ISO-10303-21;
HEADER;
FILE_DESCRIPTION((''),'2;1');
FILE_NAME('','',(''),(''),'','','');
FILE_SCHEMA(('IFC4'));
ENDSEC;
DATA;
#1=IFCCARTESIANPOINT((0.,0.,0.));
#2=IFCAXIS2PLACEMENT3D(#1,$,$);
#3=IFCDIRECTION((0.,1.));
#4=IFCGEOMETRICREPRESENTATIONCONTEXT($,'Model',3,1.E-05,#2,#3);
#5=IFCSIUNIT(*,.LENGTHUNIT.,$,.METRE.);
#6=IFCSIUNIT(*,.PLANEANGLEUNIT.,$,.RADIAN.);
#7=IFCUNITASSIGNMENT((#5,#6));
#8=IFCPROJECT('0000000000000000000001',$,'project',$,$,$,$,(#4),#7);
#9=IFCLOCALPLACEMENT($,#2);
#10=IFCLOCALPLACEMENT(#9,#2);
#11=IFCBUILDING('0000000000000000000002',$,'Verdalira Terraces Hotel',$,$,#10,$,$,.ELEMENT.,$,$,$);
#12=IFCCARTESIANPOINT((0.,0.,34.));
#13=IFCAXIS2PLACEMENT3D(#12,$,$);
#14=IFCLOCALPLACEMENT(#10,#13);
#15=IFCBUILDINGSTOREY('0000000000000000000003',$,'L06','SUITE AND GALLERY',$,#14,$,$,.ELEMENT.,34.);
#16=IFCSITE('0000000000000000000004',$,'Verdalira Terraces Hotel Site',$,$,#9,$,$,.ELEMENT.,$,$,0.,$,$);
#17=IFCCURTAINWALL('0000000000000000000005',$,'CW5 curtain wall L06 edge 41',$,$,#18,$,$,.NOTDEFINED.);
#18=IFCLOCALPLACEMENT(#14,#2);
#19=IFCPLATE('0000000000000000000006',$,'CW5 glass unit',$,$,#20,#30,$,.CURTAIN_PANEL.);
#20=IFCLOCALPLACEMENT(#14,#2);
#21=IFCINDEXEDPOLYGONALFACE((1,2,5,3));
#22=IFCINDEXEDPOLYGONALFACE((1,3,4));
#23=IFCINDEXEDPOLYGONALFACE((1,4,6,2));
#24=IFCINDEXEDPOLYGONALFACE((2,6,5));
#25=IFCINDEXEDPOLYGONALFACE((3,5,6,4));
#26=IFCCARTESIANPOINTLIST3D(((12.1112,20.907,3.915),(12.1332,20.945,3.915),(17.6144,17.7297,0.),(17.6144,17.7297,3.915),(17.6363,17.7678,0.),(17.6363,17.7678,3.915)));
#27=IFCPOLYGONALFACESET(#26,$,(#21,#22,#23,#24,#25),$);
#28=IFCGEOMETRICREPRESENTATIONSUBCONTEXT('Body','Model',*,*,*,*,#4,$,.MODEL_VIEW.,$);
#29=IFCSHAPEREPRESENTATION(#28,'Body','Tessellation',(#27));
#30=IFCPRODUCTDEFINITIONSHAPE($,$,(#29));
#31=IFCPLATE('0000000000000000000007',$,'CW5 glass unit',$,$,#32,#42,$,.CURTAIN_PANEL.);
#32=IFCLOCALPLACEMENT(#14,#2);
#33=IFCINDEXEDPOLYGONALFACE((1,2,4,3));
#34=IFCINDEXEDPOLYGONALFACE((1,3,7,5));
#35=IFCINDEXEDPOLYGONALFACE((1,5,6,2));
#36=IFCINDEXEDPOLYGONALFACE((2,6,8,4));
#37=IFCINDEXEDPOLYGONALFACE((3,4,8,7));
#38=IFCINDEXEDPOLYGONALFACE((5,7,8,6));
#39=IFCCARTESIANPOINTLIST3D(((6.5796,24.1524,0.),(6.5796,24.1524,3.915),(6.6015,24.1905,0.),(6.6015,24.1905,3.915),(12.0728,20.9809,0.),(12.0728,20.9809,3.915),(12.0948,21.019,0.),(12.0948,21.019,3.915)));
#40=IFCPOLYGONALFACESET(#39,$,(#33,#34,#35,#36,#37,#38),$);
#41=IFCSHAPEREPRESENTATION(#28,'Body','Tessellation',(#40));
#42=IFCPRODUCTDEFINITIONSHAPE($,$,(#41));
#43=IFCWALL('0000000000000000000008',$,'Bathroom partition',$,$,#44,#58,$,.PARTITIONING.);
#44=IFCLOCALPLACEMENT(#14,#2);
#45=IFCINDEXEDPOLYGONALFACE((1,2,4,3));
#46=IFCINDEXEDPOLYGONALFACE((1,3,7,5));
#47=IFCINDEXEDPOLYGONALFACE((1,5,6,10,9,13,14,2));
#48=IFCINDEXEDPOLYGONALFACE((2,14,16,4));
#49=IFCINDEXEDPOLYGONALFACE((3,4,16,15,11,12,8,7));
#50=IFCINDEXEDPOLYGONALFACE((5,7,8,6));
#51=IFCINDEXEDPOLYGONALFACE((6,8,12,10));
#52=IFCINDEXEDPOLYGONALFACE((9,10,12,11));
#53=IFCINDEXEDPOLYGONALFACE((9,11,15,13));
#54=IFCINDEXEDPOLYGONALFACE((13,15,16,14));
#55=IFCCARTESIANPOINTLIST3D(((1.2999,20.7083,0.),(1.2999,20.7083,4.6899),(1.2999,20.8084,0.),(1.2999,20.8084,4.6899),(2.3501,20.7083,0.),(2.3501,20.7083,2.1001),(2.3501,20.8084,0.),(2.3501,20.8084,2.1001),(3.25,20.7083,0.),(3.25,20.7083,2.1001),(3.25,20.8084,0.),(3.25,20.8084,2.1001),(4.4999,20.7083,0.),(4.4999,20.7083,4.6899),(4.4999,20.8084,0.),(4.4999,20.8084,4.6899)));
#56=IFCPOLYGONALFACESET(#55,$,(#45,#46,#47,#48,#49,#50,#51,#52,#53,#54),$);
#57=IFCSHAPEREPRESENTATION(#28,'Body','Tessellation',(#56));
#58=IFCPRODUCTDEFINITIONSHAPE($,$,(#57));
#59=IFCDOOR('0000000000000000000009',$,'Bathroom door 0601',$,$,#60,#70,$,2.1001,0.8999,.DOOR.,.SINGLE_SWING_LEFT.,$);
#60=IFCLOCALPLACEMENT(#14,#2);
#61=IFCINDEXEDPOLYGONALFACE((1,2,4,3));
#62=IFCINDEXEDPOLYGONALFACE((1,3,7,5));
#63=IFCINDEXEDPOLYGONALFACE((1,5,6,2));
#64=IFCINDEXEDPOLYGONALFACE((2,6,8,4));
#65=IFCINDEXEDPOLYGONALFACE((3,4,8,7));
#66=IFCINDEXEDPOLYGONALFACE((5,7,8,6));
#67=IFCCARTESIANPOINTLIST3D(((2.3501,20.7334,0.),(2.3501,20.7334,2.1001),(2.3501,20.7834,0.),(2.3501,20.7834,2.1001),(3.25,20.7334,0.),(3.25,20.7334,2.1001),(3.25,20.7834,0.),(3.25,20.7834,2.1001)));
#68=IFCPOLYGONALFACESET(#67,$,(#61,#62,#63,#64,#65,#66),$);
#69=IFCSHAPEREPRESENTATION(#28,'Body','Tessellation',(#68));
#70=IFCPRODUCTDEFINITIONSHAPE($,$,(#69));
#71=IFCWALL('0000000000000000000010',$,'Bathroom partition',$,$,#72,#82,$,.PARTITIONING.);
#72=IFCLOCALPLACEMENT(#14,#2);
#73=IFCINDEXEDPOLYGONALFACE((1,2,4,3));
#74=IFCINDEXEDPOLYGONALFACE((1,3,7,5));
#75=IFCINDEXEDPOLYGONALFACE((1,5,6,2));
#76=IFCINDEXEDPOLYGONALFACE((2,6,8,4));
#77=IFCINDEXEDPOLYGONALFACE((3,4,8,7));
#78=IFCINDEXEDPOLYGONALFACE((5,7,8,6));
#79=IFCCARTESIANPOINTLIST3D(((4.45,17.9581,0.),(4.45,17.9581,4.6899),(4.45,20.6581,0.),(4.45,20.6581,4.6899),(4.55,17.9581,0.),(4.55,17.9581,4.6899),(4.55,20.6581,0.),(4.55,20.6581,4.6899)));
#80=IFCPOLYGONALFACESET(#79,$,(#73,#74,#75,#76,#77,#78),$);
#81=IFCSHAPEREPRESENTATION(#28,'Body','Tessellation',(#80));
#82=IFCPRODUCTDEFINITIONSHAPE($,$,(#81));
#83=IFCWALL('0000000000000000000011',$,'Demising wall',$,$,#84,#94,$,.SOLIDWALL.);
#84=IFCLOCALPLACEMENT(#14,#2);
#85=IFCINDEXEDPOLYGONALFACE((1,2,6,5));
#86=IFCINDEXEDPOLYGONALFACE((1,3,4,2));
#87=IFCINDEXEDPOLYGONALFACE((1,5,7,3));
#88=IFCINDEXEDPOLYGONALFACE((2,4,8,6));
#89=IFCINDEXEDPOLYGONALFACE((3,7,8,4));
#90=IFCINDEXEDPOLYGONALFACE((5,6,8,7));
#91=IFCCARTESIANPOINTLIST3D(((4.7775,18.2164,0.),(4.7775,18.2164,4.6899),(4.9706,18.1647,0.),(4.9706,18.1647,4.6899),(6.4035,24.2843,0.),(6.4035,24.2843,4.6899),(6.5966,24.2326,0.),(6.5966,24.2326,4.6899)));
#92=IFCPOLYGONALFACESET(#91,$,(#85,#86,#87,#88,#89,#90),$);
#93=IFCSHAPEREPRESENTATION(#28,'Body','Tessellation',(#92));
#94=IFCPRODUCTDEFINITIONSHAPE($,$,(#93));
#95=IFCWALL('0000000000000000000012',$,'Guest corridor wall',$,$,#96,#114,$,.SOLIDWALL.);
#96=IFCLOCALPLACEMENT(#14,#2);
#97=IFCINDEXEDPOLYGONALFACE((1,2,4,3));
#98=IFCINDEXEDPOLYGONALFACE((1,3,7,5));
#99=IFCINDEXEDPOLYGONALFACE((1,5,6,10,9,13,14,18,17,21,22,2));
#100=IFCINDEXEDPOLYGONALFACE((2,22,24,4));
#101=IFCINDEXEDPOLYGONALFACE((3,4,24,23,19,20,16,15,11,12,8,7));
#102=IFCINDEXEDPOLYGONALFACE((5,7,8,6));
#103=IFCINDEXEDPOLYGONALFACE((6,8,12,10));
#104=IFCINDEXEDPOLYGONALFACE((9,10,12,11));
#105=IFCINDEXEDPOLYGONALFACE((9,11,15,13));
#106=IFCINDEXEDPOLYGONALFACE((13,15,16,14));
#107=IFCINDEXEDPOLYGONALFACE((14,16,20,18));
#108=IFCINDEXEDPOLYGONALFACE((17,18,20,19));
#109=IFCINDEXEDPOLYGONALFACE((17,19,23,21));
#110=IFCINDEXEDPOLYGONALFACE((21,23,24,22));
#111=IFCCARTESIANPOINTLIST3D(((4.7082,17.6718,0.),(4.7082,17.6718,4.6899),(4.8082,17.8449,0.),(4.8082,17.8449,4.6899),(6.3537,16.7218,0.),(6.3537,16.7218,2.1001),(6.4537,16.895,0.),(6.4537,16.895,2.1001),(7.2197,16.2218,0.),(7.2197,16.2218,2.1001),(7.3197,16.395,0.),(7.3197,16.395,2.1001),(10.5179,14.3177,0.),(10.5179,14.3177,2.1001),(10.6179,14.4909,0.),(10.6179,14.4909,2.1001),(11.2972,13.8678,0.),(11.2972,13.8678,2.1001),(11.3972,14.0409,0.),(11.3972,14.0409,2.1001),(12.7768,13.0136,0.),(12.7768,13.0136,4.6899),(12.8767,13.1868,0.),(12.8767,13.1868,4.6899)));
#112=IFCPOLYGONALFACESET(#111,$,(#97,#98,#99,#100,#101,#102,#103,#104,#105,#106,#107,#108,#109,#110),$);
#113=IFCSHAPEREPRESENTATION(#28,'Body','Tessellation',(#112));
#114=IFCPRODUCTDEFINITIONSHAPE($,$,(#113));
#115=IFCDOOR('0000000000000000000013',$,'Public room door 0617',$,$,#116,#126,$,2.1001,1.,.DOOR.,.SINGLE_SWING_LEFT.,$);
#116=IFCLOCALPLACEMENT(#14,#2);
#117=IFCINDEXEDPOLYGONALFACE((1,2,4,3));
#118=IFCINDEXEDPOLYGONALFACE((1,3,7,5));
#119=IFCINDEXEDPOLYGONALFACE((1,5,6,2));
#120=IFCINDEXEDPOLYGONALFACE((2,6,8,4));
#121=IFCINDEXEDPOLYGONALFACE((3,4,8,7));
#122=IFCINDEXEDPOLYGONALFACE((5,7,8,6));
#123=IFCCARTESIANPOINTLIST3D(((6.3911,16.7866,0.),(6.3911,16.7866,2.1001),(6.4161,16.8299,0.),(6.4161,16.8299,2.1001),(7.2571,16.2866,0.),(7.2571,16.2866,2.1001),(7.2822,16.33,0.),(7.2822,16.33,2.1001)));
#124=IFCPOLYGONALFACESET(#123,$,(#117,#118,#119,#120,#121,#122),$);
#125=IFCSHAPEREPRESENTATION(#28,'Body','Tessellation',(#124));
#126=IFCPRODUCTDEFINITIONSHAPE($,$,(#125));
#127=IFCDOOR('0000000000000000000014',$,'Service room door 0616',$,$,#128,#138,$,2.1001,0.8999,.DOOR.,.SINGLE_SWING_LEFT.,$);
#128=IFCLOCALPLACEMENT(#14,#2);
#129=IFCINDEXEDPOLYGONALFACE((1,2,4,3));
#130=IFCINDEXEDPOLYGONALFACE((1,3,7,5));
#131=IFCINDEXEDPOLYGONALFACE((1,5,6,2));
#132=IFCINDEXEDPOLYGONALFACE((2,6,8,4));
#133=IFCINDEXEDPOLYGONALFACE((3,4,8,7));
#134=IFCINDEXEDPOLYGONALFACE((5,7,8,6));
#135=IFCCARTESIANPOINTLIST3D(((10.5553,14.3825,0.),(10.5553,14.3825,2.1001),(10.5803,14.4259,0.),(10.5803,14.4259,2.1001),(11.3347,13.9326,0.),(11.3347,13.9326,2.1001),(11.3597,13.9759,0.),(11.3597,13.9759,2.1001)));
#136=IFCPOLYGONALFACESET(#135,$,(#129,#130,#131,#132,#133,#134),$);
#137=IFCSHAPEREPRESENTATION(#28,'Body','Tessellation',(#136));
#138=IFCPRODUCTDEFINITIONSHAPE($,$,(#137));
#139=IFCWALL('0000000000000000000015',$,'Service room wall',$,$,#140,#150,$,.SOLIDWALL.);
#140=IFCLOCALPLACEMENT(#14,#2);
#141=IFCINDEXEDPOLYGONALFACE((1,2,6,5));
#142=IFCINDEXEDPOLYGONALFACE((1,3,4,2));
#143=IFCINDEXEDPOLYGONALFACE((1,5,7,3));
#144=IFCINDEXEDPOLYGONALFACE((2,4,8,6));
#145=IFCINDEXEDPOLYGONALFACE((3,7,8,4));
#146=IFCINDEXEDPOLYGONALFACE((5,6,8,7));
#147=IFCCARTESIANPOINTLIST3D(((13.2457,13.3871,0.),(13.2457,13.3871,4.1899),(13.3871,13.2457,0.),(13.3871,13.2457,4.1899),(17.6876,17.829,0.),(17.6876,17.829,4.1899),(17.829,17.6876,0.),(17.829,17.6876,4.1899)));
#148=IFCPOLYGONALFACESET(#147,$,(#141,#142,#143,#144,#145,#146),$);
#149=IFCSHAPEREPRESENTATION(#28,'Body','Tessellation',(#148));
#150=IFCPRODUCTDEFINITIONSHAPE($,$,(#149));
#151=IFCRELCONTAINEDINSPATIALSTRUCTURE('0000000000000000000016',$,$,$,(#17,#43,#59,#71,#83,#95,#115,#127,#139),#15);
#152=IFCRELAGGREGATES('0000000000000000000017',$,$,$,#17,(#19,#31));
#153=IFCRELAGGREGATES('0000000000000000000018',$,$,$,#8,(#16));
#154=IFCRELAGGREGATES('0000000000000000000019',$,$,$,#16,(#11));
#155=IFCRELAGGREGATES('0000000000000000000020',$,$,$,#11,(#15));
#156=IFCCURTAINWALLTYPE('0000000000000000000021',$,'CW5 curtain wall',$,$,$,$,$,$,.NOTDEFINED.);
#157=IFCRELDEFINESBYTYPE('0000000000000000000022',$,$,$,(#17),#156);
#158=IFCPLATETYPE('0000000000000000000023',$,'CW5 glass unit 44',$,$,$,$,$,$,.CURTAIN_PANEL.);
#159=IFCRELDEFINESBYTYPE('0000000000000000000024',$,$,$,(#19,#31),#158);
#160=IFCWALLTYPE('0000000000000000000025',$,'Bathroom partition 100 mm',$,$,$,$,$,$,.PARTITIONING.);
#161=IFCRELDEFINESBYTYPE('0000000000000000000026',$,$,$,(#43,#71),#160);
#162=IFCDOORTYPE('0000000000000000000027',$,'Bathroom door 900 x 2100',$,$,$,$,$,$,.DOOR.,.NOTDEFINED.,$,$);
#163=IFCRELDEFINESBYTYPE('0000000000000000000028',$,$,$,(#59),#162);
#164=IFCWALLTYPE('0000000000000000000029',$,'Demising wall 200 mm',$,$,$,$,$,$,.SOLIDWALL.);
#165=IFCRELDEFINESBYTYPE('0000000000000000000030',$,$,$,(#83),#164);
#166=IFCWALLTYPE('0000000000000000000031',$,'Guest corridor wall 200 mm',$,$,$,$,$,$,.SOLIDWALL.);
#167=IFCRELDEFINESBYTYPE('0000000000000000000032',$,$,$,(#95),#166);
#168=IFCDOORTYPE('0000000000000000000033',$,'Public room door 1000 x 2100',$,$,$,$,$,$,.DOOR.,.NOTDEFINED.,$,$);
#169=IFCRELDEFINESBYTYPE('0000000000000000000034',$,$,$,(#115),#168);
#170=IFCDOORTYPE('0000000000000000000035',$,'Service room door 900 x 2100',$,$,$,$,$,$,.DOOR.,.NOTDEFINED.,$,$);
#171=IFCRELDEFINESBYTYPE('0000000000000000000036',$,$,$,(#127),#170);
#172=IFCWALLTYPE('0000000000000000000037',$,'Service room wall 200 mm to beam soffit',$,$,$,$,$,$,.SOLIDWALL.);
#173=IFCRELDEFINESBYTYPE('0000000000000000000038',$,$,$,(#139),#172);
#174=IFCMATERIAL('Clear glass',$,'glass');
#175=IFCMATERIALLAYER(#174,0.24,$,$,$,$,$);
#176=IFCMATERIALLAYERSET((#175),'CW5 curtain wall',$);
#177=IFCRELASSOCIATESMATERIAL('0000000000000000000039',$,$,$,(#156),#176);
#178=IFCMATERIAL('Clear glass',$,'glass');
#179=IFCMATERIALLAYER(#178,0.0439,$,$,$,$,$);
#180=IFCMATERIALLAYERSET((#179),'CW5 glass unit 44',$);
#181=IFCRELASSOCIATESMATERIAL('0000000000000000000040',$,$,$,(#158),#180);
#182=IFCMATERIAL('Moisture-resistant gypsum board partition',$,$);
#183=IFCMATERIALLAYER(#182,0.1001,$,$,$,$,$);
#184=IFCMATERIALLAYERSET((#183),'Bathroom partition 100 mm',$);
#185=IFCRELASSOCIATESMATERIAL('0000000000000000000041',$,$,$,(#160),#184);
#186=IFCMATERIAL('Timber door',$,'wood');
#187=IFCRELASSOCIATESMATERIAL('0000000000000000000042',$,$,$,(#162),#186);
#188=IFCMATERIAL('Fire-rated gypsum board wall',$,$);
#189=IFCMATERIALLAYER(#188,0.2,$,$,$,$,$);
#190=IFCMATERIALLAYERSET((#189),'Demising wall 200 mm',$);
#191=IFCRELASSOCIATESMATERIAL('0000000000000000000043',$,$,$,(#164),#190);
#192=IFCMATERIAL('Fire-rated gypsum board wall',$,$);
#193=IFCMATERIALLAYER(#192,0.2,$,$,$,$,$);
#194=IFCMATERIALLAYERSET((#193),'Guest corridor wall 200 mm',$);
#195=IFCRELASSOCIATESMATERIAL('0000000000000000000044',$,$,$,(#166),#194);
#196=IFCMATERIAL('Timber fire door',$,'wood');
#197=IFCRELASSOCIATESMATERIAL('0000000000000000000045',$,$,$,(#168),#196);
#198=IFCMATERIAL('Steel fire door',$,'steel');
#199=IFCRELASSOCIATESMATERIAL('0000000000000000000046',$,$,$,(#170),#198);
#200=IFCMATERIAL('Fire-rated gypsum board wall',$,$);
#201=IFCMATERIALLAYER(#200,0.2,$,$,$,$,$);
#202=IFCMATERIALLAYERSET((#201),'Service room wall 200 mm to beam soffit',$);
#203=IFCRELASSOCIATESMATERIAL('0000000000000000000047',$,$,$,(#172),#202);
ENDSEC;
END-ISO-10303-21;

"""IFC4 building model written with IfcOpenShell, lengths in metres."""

from ifc_helpers import new_model, si_unit, direction, frame, frame_2d, origin, origin_2d, place, context, subcontext, project, spatial, polyline, rectangle, outline, extrude, material, layer, layer_set, type_object, element, fill, aggregate, save


model = new_model("IFC4")

# Units and contexts
model_context = context("Model", 3, precision=1e-05, world=origin(), true_north=direction((0.0, 1.0)))
body_context = subcontext(model_context, "Body", "Model", "MODEL_VIEW")
ifc_project = project(units=[si_unit("LENGTHUNIT", "METRE"), si_unit("PLANEANGLEUNIT", "RADIAN")], contexts=[model_context])

# Site, building, storey
site_placement = place(None, origin())
site = spatial("IfcSite", under=ifc_project, at=site_placement, Name="Verdalira Terraces Hotel Site", CompositionType="ELEMENT", RefElevation=0.0)
building_placement = place(site_placement, origin())
building = spatial("IfcBuilding", under=site, at=building_placement, Name="Verdalira Terraces Hotel", CompositionType="ELEMENT")
storey_placement = place(building_placement, frame((0.0, 0.0, 34.0)))
storey = spatial("IfcBuildingStorey", under=building, at=storey_placement, Name="L06", Description="SUITE AND GALLERY", CompositionType="ELEMENT", Elevation=34.0)

# Shared definitions
ifc_material_1 = material(Name="Clear glass", Category="glass")
ifc_layer_1 = layer(ifc_material_1, 0.24)
ifc_layer_set_1 = layer_set([ifc_layer_1], Name="CW5 curtain wall")
curtain_wall_type = type_object("IfcCurtainWallType", Name="CW5 curtain wall", PredefinedType="NOTDEFINED", material=ifc_layer_set_1)

# Curtain wall
curtain_wall_1_placement = place(storey_placement, origin())
curtain_wall_1 = element("IfcCurtainWall", 1, at=curtain_wall_1_placement, inside=storey, type_object=curtain_wall_type, Name="CW5 curtain wall L06 edge 41", PredefinedType="NOTDEFINED")

# Plates
ifc_material_2 = material(Name="Clear glass", Category="glass")
ifc_layer_2 = layer(ifc_material_2, 0.0439)
ifc_layer_set_2 = layer_set([ifc_layer_2], Name="CW5 glass unit 44")
plate_type = type_object("IfcPlateType", Name="CW5 glass unit 44", PredefinedType="CURTAIN_PANEL", material=ifc_layer_set_2)
plate_1_placement = place(storey_placement, frame((14.8628, 19.3184, 1.9575), z_axis=(0.5, 0.866025, 0.0), x_axis=(-0.866025, 0.5, 0.0)))
plate_1 = element("IfcPlate", 2, at=plate_1_placement, type_object=plate_type, Name="CW5 glass unit", PredefinedType="CURTAIN_PANEL", context=body_context, shape_type="SweptSolid", body=[
    extrude(outline(polyline([(-3.1772, -1.9575), (3.1772, 1.9575), (-3.1772, 1.9575), (-3.1772, -1.9575)])), origin(), (0.0, 0.0, 1.0), 0.0439),
])
plate_2_placement = place(storey_placement, frame((9.3372, 22.5857, 0.0), z_axis=(0.0, 0.0, 1.0), x_axis=(-0.866025, 0.5, 0.0)))
plate_2 = element("IfcPlate", 3, at=plate_2_placement, type_object=plate_type, Name="CW5 glass unit", PredefinedType="CURTAIN_PANEL", context=body_context, shape_type="SweptSolid", body=[
    extrude(rectangle(XDim=6.343, YDim=0.0439, at=origin_2d()), origin(), (0.0, 0.0, 1.0), 3.915),
])
aggregate(curtain_wall_1, [plate_1, plate_2])

# Wall, opening, door
ifc_material_3 = material(Name="Moisture-resistant gypsum board partition")
ifc_layer_3 = layer(ifc_material_3, 0.1001)
ifc_layer_set_3 = layer_set([ifc_layer_3], Name="Bathroom partition 100 mm")
wall_type_1 = type_object("IfcWallType", Name="Bathroom partition 100 mm", PredefinedType="PARTITIONING", material=ifc_layer_set_3)
wall_1_placement = place(storey_placement, frame((4.5, 20.7583, 0.0), z_axis=(0.0, 0.0, 1.0), x_axis=(-1.0, 0.0, 0.0)))
wall_1 = element("IfcWall", 4, at=wall_1_placement, inside=storey, type_object=wall_type_1, Name="Bathroom partition", PredefinedType="PARTITIONING", context=body_context, shape_type="SweptSolid", body=[
    extrude(rectangle(XDim=3.2, YDim=0.1001, at=frame_2d((1.6001, 0.0))), origin(), (0.0, 0.0, 1.0), 4.6899),
])
opening_1_placement = place(wall_1_placement, frame((1.25, 0.0, 0.0)))
opening_1 = element("IfcOpeningElement", 5, at=opening_1_placement, cuts=wall_1, PredefinedType="OPENING", context=body_context, shape_type="SweptSolid", body=[
    extrude(rectangle(XDim=0.8999, YDim=2.1001, at=frame_2d((0.45, 1.05))), frame((0.0, 0.0601, 0.0), z_axis=(0.0, -1.0, 0.0), x_axis=(1.0, 0.0, 0.0)), (0.0, 0.0, 1.0), 0.1201),
])
ifc_material_4 = material(Name="Timber door", Category="wood")
door_type_1 = type_object("IfcDoorType", Name="Bathroom door 900 x 2100", OperationType="NOTDEFINED", PredefinedType="DOOR", material=ifc_material_4)
door_1_placement = place(opening_1_placement, origin())
door_1 = element("IfcDoor", 6, at=door_1_placement, inside=storey, type_object=door_type_1, Name="Bathroom door 0601", OperationType="SINGLE_SWING_LEFT", OverallHeight=2.1001, OverallWidth=0.8999, PredefinedType="DOOR", context=body_context, shape_type="SweptSolid", body=[
    extrude(rectangle(XDim=0.8999, YDim=2.1001, at=frame_2d((0.45, 1.05))), frame((0.0, 0.0249, 0.0), z_axis=(0.0, -1.0, 0.0), x_axis=(1.0, 0.0, 0.0)), (0.0, 0.0, 1.0), 0.05),
])
fill(opening_1, door_1)

# Walls
wall_2_placement = place(storey_placement, frame((4.5, 20.6582, 0.0), z_axis=(0.0, 0.0, 1.0), x_axis=(0.0, -1.0, 0.0)))
element("IfcWall", 7, at=wall_2_placement, inside=storey, type_object=wall_type_1, Name="Bathroom partition", PredefinedType="PARTITIONING", context=body_context, shape_type="SweptSolid", body=[
    extrude(rectangle(XDim=2.7, YDim=0.1001, at=frame_2d((1.3501, 0.0))), origin(), (0.0, 0.0, 1.0), 4.6899),
])
ifc_material_5 = material(Name="Fire-rated gypsum board wall")
ifc_layer_4 = layer(ifc_material_5, 0.2)
ifc_layer_set_4 = layer_set([ifc_layer_4], Name="Demising wall 200 mm")
wall_type_2 = type_object("IfcWallType", Name="Demising wall 200 mm", PredefinedType="SOLIDWALL", material=ifc_layer_set_4)
wall_3_placement = place(storey_placement, frame((4.874, 18.1904, 0.0), z_axis=(0.0, 0.0, 1.0), x_axis=(0.258833, 0.965922, 0.0)))
element("IfcWall", 8, at=wall_3_placement, inside=storey, type_object=wall_type_2, Name="Demising wall", PredefinedType="SOLIDWALL", context=body_context, shape_type="SweptSolid", body=[
    extrude(rectangle(XDim=6.282, YDim=0.2, at=frame_2d((3.1411, 0.0))), origin(), (0.0, 0.0, 1.0), 4.6899),
])

# Wall, openings, doors
ifc_material_6 = material(Name="Fire-rated gypsum board wall")
ifc_layer_5 = layer(ifc_material_6, 0.2)
ifc_layer_set_5 = layer_set([ifc_layer_5], Name="Guest corridor wall 200 mm")
wall_type_3 = type_object("IfcWallType", Name="Guest corridor wall 200 mm", PredefinedType="SOLIDWALL", material=ifc_layer_set_5)
wall_4_placement = place(storey_placement, frame((4.7583, 17.7583, 0.0), z_axis=(0.0, 0.0, 1.0), x_axis=(0.866035, -0.499983, 0.0)))
wall_4 = element("IfcWall", 9, at=wall_4_placement, inside=storey, type_object=wall_type_3, Name="Guest corridor wall", PredefinedType="SOLIDWALL", context=body_context, shape_type="SweptSolid", body=[
    extrude(rectangle(XDim=9.3166, YDim=0.2, at=frame_2d((4.6582, 0.0))), origin(), (0.0, 0.0, 1.0), 4.6899),
])
opening_2_placement = place(wall_4_placement, frame((6.7083, 0.0, 0.0)))
opening_2 = element("IfcOpeningElement", 10, at=opening_2_placement, cuts=wall_4, PredefinedType="OPENING", context=body_context, shape_type="SweptSolid", body=[
    extrude(rectangle(XDim=0.8999, YDim=2.1001, at=frame_2d((0.45, 1.05))), frame((0.0, 0.1099, 0.0), z_axis=(0.0, -1.0, 0.0), x_axis=(1.0, 0.0, 0.0)), (0.0, 0.0, 1.0), 0.22),
])
opening_3_placement = place(wall_4_placement, frame((1.8999, 0.0, 0.0)))
opening_3 = element("IfcOpeningElement", 11, at=opening_3_placement, cuts=wall_4, PredefinedType="OPENING", context=body_context, shape_type="SweptSolid", body=[
    extrude(rectangle(XDim=1.0, YDim=2.1001, at=frame_2d((0.5, 1.05))), frame((0.0, 0.1099, 0.0), z_axis=(0.0, -1.0, 0.0), x_axis=(1.0, 0.0, 0.0)), (0.0, 0.0, 1.0), 0.22),
])
ifc_material_7 = material(Name="Timber fire door", Category="wood")
door_type_2 = type_object("IfcDoorType", Name="Public room door 1000 x 2100", OperationType="NOTDEFINED", PredefinedType="DOOR", material=ifc_material_7)
door_2_placement = place(opening_3_placement, origin())
door_2 = element("IfcDoor", 12, at=door_2_placement, inside=storey, type_object=door_type_2, Name="Public room door 0617", OperationType="SINGLE_SWING_LEFT", OverallHeight=2.1001, OverallWidth=1.0, PredefinedType="DOOR", context=body_context, shape_type="SweptSolid", body=[
    extrude(rectangle(XDim=1.0, YDim=2.1001, at=frame_2d((0.5, 1.05))), frame((0.0, 0.0249, 0.0), z_axis=(0.0, -1.0, 0.0), x_axis=(1.0, 0.0, 0.0)), (0.0, 0.0, 1.0), 0.05),
])
fill(opening_3, door_2)
ifc_material_8 = material(Name="Steel fire door", Category="steel")
door_type_3 = type_object("IfcDoorType", Name="Service room door 900 x 2100", OperationType="NOTDEFINED", PredefinedType="DOOR", material=ifc_material_8)
door_3_placement = place(opening_2_placement, origin())
door_3 = element("IfcDoor", 13, at=door_3_placement, inside=storey, type_object=door_type_3, Name="Service room door 0616", OperationType="SINGLE_SWING_LEFT", OverallHeight=2.1001, OverallWidth=0.8999, PredefinedType="DOOR", context=body_context, shape_type="SweptSolid", body=[
    extrude(rectangle(XDim=0.8999, YDim=2.1001, at=frame_2d((0.45, 1.05))), frame((0.0, 0.0249, 0.0), z_axis=(0.0, -1.0, 0.0), x_axis=(1.0, 0.0, 0.0)), (0.0, 0.0, 1.0), 0.05),
])
fill(opening_2, door_3)

# Wall
ifc_material_9 = material(Name="Fire-rated gypsum board wall")
ifc_layer_6 = layer(ifc_material_9, 0.2)
ifc_layer_set_6 = layer_set([ifc_layer_6], Name="Service room wall 200 mm to beam soffit")
wall_type_4 = type_object("IfcWallType", Name="Service room wall 200 mm to beam soffit", PredefinedType="SOLIDWALL", material=ifc_layer_set_6)
wall_5_placement = place(storey_placement, frame((17.7583, 17.7583, 0.0), z_axis=(0.0, 0.0, 1.0), x_axis=(-0.707107, -0.707107, 0.0)))
element("IfcWall", 14, at=wall_5_placement, inside=storey, type_object=wall_type_4, Name="Service room wall", PredefinedType="SOLIDWALL", context=body_context, shape_type="SweptSolid", body=[
    extrude(rectangle(XDim=6.2817, YDim=0.2, at=frame_2d((3.1409, 0.0))), origin(), (0.0, 0.0, 1.0), 4.1899),
])

save(model, "model.ifc")
